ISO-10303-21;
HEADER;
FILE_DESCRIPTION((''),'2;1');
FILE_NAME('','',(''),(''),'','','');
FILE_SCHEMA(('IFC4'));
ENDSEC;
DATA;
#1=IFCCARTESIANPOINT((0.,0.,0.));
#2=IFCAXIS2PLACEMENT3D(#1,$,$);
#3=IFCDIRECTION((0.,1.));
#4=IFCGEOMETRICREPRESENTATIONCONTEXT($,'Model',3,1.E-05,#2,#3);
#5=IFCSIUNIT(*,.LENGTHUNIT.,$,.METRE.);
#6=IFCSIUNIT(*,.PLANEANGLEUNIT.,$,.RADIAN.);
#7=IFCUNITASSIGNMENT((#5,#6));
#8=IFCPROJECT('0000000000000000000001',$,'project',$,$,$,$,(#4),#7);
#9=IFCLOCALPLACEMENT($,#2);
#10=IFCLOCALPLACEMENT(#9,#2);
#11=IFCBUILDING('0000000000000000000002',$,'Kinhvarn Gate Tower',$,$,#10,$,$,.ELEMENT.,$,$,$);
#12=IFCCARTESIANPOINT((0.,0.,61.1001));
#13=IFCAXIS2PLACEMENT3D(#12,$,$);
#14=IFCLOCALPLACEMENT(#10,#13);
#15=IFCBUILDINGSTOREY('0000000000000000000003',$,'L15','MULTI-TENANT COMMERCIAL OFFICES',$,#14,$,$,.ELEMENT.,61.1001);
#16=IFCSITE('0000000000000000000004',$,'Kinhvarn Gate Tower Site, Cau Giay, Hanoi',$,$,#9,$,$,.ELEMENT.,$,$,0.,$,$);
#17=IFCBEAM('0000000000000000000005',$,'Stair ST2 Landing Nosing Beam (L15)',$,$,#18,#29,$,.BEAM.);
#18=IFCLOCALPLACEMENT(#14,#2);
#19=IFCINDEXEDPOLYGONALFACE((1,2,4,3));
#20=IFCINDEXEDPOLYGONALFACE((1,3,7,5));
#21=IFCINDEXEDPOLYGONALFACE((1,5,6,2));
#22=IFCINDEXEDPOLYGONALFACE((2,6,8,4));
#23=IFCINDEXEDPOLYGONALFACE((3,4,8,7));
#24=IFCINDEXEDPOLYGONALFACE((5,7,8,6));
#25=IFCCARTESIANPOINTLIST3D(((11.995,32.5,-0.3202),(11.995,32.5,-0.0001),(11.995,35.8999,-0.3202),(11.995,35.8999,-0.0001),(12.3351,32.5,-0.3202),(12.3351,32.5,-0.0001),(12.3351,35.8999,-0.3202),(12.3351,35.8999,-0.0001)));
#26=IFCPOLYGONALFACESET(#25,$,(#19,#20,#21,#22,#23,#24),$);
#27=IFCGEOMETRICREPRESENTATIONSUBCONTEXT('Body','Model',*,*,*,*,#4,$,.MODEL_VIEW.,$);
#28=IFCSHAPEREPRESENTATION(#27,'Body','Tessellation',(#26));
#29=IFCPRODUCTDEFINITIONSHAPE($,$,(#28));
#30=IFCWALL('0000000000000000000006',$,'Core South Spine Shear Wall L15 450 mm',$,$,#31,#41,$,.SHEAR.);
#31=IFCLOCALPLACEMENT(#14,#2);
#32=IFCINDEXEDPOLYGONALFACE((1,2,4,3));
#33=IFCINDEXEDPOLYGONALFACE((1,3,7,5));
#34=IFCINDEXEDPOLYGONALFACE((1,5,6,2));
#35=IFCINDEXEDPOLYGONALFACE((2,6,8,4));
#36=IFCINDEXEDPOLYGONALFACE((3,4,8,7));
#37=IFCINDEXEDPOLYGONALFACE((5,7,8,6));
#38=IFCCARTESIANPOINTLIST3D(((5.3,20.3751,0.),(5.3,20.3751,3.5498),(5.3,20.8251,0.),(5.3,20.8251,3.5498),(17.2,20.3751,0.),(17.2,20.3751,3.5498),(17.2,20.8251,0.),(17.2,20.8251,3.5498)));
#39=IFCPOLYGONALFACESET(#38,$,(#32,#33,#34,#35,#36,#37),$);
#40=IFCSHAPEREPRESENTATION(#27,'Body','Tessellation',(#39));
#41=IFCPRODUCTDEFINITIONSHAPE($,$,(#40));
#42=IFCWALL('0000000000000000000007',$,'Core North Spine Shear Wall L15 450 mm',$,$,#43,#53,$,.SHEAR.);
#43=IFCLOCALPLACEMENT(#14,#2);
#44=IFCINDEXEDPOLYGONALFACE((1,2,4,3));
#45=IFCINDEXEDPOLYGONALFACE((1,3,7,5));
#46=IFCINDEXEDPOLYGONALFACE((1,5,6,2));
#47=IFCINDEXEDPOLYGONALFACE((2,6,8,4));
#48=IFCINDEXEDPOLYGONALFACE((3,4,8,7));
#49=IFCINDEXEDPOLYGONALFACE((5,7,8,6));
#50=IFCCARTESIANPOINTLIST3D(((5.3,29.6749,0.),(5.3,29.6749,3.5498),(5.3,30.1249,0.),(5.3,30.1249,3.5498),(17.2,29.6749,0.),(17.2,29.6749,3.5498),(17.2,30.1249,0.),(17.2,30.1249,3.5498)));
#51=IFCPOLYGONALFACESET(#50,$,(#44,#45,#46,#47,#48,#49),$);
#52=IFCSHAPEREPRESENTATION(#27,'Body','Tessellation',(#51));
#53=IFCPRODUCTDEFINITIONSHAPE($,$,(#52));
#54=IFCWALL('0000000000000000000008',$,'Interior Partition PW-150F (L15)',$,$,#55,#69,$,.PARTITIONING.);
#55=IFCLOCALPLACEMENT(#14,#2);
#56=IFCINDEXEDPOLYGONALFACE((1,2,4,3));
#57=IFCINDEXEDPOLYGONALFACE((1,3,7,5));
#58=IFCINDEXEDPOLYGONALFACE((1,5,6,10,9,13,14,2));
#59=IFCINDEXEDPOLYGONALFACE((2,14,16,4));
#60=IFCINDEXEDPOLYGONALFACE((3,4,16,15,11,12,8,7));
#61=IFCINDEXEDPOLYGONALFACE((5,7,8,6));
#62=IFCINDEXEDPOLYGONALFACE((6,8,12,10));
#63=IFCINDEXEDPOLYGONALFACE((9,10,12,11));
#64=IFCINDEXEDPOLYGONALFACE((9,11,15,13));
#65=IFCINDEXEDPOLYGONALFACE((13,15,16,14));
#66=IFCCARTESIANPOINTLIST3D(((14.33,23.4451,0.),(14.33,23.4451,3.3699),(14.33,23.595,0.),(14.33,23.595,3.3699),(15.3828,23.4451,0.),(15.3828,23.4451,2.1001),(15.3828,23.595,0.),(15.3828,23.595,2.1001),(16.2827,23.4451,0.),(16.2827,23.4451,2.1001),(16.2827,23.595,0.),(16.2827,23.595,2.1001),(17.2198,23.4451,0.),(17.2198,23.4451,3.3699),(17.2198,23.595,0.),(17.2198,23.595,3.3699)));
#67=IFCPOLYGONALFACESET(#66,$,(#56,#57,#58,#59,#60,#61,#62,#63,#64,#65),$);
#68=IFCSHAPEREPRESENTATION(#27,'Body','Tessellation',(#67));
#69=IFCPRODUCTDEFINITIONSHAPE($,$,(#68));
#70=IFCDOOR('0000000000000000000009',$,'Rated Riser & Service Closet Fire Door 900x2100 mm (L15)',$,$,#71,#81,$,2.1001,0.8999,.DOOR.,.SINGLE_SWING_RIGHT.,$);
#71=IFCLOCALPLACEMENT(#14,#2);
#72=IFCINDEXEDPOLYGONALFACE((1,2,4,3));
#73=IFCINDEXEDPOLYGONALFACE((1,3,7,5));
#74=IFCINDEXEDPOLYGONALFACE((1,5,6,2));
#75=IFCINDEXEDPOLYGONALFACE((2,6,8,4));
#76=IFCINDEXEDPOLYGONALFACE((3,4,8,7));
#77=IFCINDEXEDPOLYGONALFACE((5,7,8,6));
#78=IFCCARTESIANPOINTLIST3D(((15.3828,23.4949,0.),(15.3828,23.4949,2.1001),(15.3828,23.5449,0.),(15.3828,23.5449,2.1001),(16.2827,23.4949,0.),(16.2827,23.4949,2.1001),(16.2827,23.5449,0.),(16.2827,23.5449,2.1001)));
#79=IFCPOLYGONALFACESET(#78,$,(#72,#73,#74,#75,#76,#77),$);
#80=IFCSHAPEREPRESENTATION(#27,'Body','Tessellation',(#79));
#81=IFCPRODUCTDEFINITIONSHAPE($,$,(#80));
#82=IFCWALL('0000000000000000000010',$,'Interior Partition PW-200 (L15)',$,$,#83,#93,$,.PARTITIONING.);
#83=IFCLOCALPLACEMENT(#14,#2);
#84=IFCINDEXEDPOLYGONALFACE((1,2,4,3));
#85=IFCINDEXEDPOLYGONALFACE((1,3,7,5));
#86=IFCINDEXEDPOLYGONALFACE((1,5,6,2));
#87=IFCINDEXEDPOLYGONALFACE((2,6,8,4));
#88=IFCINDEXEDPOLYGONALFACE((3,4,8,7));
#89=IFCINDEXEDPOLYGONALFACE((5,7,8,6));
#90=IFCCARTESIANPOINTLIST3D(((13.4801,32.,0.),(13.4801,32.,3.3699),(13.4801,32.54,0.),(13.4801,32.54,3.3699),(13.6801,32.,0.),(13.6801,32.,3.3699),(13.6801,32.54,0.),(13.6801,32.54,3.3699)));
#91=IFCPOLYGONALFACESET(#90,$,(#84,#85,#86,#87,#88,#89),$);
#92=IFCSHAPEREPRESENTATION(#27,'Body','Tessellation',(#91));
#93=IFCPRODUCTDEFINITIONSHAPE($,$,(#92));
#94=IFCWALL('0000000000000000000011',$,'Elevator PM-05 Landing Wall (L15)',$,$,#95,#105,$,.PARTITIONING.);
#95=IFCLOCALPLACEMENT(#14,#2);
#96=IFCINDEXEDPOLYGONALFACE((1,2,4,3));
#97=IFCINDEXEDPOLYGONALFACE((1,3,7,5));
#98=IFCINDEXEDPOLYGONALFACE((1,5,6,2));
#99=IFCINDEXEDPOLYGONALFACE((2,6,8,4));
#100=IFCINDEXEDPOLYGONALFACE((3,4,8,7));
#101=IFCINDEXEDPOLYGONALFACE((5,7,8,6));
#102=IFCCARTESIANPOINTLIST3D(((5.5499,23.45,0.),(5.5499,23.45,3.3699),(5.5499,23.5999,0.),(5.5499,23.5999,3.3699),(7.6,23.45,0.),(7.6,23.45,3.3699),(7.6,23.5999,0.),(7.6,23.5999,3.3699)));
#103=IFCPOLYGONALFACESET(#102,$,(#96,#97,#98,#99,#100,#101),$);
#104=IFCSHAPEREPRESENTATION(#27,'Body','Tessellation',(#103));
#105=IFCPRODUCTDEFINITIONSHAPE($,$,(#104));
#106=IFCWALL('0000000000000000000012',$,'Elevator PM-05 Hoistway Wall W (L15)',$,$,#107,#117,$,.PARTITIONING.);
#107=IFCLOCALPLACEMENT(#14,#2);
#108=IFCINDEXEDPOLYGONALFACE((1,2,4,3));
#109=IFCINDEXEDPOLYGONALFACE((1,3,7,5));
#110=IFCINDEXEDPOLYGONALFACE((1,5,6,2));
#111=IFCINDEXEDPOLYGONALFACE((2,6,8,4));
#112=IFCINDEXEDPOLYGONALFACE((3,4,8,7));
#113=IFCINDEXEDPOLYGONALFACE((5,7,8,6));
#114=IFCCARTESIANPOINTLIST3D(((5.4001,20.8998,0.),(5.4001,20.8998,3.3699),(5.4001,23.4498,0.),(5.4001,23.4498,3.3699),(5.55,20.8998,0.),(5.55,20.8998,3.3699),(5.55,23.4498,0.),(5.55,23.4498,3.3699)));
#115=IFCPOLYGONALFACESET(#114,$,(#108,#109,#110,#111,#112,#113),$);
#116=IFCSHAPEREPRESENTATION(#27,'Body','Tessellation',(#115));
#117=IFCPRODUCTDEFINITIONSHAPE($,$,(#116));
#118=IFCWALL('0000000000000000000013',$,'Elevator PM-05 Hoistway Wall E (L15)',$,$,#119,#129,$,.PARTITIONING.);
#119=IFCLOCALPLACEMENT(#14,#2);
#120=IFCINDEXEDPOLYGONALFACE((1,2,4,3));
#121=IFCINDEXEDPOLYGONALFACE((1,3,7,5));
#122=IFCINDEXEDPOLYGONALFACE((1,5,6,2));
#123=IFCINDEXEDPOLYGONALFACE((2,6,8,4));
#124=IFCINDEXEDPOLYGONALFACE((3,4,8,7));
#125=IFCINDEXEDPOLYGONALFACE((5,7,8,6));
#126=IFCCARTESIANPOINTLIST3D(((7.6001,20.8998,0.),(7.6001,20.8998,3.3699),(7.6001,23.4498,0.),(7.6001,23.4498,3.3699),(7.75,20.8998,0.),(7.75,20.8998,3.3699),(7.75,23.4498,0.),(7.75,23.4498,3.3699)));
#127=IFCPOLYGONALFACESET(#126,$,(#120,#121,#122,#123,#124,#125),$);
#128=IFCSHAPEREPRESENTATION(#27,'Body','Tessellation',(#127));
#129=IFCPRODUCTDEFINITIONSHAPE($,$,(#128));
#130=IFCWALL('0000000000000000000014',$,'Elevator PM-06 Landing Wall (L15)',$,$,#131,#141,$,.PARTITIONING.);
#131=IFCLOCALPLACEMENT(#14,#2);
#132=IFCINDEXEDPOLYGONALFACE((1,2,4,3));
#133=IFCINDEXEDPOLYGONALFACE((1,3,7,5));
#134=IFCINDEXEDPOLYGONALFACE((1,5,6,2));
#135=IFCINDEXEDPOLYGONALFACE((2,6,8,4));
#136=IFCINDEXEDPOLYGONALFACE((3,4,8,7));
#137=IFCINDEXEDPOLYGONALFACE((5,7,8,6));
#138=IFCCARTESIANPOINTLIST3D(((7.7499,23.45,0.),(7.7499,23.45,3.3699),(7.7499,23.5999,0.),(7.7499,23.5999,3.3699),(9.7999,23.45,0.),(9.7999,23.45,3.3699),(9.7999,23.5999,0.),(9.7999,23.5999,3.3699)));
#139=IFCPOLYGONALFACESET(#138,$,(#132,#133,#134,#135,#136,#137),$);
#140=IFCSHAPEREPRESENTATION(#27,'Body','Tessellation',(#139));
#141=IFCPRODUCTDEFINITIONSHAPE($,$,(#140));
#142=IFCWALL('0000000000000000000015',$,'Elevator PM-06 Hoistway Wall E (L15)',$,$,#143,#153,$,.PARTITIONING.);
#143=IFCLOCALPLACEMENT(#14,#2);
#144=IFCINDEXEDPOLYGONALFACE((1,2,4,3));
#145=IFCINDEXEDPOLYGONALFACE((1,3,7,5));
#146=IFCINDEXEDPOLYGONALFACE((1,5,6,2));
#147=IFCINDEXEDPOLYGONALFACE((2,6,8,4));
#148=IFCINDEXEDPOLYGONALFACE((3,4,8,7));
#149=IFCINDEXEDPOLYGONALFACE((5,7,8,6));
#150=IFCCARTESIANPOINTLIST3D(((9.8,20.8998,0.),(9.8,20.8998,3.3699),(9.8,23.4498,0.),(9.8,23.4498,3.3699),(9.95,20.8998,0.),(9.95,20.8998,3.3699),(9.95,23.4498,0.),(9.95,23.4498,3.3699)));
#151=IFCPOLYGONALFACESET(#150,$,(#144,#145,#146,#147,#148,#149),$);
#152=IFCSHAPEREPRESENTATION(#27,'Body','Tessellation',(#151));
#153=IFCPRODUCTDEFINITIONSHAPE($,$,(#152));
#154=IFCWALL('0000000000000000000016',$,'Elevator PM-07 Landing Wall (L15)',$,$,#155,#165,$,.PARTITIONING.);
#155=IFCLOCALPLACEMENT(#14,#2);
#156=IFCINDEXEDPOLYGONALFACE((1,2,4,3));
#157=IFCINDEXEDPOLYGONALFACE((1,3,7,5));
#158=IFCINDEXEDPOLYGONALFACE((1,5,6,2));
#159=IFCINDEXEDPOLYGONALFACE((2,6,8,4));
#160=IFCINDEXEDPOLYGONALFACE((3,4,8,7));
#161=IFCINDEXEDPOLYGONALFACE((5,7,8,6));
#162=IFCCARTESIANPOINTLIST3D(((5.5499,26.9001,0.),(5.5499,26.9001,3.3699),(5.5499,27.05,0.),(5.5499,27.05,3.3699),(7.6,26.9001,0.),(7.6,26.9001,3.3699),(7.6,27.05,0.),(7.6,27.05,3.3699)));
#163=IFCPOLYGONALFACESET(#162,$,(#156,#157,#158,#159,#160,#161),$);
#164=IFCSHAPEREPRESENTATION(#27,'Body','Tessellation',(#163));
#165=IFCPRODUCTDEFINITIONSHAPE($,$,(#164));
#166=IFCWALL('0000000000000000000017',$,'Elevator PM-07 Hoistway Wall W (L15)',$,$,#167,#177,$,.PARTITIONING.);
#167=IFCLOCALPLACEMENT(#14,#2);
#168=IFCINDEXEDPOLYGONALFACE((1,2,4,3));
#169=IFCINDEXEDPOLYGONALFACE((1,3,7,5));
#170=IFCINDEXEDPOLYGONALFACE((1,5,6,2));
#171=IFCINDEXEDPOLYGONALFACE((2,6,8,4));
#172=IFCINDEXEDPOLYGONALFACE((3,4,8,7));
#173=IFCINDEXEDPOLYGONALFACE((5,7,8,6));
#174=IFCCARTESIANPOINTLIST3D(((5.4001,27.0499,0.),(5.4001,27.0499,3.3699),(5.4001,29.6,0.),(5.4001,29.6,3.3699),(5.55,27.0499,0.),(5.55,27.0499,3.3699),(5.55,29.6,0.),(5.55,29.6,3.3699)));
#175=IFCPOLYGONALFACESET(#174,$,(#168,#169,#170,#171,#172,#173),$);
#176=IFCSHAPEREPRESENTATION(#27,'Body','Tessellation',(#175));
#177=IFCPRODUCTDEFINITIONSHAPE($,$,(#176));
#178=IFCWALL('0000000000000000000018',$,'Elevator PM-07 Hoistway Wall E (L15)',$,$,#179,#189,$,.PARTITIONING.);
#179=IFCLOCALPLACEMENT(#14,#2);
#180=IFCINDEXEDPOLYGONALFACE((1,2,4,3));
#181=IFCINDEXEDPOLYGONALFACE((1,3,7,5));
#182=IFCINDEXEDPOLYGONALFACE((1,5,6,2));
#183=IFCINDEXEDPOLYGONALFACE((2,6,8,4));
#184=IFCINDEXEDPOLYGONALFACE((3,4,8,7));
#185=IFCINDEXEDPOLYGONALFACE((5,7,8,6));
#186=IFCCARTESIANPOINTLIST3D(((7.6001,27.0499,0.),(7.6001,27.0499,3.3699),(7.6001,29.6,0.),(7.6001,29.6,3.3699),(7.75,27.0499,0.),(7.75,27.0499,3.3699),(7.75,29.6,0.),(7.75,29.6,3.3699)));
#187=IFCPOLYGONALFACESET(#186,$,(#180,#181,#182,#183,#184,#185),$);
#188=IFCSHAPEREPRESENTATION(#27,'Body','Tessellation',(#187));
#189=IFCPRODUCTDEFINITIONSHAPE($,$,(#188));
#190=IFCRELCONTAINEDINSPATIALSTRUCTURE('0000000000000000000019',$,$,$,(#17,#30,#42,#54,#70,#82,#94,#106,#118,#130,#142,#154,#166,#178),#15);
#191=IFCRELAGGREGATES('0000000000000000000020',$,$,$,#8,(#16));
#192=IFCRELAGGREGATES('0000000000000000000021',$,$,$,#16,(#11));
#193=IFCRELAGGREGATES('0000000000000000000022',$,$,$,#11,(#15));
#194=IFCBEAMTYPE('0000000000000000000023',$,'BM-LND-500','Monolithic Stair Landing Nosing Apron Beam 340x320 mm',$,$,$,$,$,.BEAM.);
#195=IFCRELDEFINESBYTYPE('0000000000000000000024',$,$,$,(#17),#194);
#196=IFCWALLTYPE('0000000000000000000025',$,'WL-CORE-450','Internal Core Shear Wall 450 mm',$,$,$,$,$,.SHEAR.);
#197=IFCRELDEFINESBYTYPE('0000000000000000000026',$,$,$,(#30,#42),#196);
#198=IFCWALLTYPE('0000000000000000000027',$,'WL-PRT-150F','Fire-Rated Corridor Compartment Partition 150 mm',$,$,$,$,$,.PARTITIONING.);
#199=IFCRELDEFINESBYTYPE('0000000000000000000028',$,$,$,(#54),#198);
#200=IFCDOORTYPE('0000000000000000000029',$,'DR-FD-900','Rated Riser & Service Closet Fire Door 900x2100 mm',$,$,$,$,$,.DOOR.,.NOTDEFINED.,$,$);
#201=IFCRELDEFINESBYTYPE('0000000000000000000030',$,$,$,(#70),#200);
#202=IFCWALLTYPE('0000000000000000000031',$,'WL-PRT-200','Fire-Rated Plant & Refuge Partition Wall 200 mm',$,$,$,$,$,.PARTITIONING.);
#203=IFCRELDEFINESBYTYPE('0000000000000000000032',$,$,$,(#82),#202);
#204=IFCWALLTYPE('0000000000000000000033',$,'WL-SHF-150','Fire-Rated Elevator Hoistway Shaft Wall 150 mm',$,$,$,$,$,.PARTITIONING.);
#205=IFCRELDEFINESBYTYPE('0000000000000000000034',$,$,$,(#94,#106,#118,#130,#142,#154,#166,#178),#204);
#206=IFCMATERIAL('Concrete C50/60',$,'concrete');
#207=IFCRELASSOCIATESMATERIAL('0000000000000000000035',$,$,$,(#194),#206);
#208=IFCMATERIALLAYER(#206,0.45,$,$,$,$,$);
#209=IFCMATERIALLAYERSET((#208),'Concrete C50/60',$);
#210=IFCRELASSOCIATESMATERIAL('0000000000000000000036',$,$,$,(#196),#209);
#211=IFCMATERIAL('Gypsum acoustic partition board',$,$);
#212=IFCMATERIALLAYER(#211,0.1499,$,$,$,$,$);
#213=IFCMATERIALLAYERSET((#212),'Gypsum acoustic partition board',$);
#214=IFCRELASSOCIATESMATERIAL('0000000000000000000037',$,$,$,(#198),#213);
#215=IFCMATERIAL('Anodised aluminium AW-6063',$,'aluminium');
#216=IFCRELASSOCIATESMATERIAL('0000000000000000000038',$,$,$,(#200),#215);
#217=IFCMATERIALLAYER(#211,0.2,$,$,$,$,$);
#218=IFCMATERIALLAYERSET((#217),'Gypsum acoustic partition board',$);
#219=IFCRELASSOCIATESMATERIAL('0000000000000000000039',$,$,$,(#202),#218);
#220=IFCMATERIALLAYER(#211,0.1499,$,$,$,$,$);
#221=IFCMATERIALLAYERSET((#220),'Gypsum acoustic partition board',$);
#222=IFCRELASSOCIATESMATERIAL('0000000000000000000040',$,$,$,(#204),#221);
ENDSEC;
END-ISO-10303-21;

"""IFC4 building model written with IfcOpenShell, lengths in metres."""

from ifc_helpers import new_model, si_unit, direction, frame, frame_2d, origin, origin_2d, place, context, subcontext, project, spatial, rectangle, extrude, material, layer, layer_set, material_profile, profile_set, type_object, element, fill, save


model = new_model("IFC4")

# Units and contexts
model_context = context("Model", 3, precision=1e-05, world=origin(), true_north=direction((0.0, 1.0)))
body_context = subcontext(model_context, "Body", "Model", "MODEL_VIEW")
ifc_project = project(units=[si_unit("LENGTHUNIT", "METRE"), si_unit("PLANEANGLEUNIT", "RADIAN")], contexts=[model_context])

# Site, building, storey
site_placement = place(None, origin())
site = spatial("IfcSite", under=ifc_project, at=site_placement, Name="Kinhvarn Gate Tower Site, Cau Giay, Hanoi", CompositionType="ELEMENT", RefElevation=0.0)
building_placement = place(site_placement, origin())
building = spatial("IfcBuilding", under=site, at=building_placement, Name="Kinhvarn Gate Tower", CompositionType="ELEMENT")
storey_placement = place(building_placement, frame((0.0, 0.0, 61.1001)))
storey = spatial("IfcBuildingStorey", under=building, at=storey_placement, Name="L15", Description="MULTI-TENANT COMMERCIAL OFFICES", CompositionType="ELEMENT", Elevation=61.1001)

# Beam
ifc_material_1 = material(Name="Concrete C50/60", Category="concrete")
ifc_material_profile = material_profile(ifc_material_1, rectangle(XDim=0.3401, YDim=0.3201, at=origin_2d()), Name="RC 340x320")
ifc_profile_set = profile_set([ifc_material_profile], Name="Concrete C50/60")
beam_type = type_object("IfcBeamType", Name="BM-LND-500", Description="Monolithic Stair Landing Nosing Apron Beam 340x320 mm", PredefinedType="BEAM", material=ifc_profile_set)
beam_placement = place(storey_placement, frame((12.165, 32.5, -0.1602), z_axis=(0.0, 1.0, 0.0), x_axis=(-1.0, 0.0, 0.0)))
element("IfcBeam", 1, at=beam_placement, inside=storey, type_object=beam_type, Name="Stair ST2 Landing Nosing Beam (L15)", PredefinedType="BEAM", context=body_context, shape_type="SweptSolid", body=[
    extrude(rectangle(XDim=0.3401, YDim=0.3201, at=origin_2d()), origin(), (0.0, 0.0, 1.0), 3.3999),
])

# Walls
ifc_layer_1 = layer(ifc_material_1, 0.45)
ifc_layer_set_1 = layer_set([ifc_layer_1], Name="Concrete C50/60")
wall_type_1 = type_object("IfcWallType", Name="WL-CORE-450", Description="Internal Core Shear Wall 450 mm", PredefinedType="SHEAR", material=ifc_layer_set_1)
for number, where, z_axis, x_axis, name in (
    (2, (5.3, 20.6001, 0.0), (0.0, 0.0, 1.0), (1.0, 0.0, 0.0), "Core South Spine Shear Wall L15 450 mm"),
    (3, (5.3, 29.8999, 0.0), (0.0, 0.0, 1.0), (1.0, 0.0, 0.0), "Core North Spine Shear Wall L15 450 mm"),
):
    element("IfcWall", number, at=place(storey_placement, frame(where, z_axis=z_axis, x_axis=x_axis)), inside=storey, type_object=wall_type_1, Name=name, PredefinedType="SHEAR", context=body_context, shape_type="SweptSolid", body=[
        extrude(rectangle(XDim=11.8999, YDim=0.45, at=frame_2d((5.95, 0.0))), origin(), (0.0, 0.0, 1.0), 3.5498),
    ])

# Wall, opening, door
ifc_material_2 = material(Name="Gypsum acoustic partition board")
ifc_layer_2 = layer(ifc_material_2, 0.1499)
ifc_layer_set_2 = layer_set([ifc_layer_2], Name="Gypsum acoustic partition board")
wall_type_2 = type_object("IfcWallType", Name="WL-PRT-150F", Description="Fire-Rated Corridor Compartment Partition 150 mm", PredefinedType="PARTITIONING", material=ifc_layer_set_2)
wall_1_placement = place(storey_placement, frame((14.3301, 23.52, 0.0), z_axis=(0.0, 0.0, 1.0), x_axis=(1.0, 0.0, 0.0)))
wall_1 = element("IfcWall", 4, at=wall_1_placement, inside=storey, type_object=wall_type_2, Name="Interior Partition PW-150F (L15)", PredefinedType="PARTITIONING", context=body_context, shape_type="SweptSolid", body=[
    extrude(rectangle(XDim=2.8899, YDim=0.1499, at=frame_2d((1.4448, 0.0))), origin(), (0.0, 0.0, 1.0), 3.3699),
])
opening_1_placement = place(wall_1_placement, frame((1.0527, 0.0, 0.0)))
opening_1 = element("IfcOpeningElement", 5, at=opening_1_placement, cuts=wall_1, PredefinedType="OPENING", context=body_context, shape_type="SweptSolid", body=[
    extrude(rectangle(XDim=0.8999, YDim=2.1001, at=frame_2d((0.45, 1.05))), frame((0.0, 0.085, 0.0), z_axis=(0.0, -1.0, 0.0), x_axis=(1.0, 0.0, 0.0)), (0.0, 0.0, 1.0), 0.1699),
])
ifc_material_3 = material(Name="Anodised aluminium AW-6063", Category="aluminium")
door_type_1 = type_object("IfcDoorType", Name="DR-FD-900", Description="Rated Riser & Service Closet Fire Door 900x2100 mm", OperationType="NOTDEFINED", PredefinedType="DOOR", material=ifc_material_3)
door_1_placement = place(opening_1_placement, origin())
door_1 = element("IfcDoor", 6, at=door_1_placement, inside=storey, type_object=door_type_1, Name="Rated Riser & Service Closet Fire Door 900x2100 mm (L15)", OperationType="SINGLE_SWING_RIGHT", OverallHeight=2.1001, OverallWidth=0.8999, PredefinedType="DOOR", context=body_context, shape_type="SweptSolid", body=[
    extrude(rectangle(XDim=0.8999, YDim=2.1001, at=frame_2d((0.45, 1.05))), frame((0.0, 0.0249, 0.0), z_axis=(0.0, -1.0, 0.0), x_axis=(1.0, 0.0, 0.0)), (0.0, 0.0, 1.0), 0.05),
])
fill(opening_1, door_1)

# Walls
ifc_layer_3 = layer(ifc_material_2, 0.2)
ifc_layer_set_3 = layer_set([ifc_layer_3], Name="Gypsum acoustic partition board")
wall_type_3 = type_object("IfcWallType", Name="WL-PRT-200", Description="Fire-Rated Plant & Refuge Partition Wall 200 mm", PredefinedType="PARTITIONING", material=ifc_layer_set_3)
wall_2_placement = place(storey_placement, frame((13.5801, 32.0, 0.0), z_axis=(0.0, 0.0, 1.0), x_axis=(0.0, 1.0, 0.0)))
element("IfcWall", 7, at=wall_2_placement, inside=storey, type_object=wall_type_3, Name="Interior Partition PW-200 (L15)", PredefinedType="PARTITIONING", context=body_context, shape_type="SweptSolid", body=[
    extrude(rectangle(XDim=0.54, YDim=0.2, at=frame_2d((0.27, 0.0))), origin(), (0.0, 0.0, 1.0), 3.3699),
])
ifc_layer_4 = layer(ifc_material_2, 0.1499)
ifc_layer_set_4 = layer_set([ifc_layer_4], Name="Gypsum acoustic partition board")
wall_type_4 = type_object("IfcWallType", Name="WL-SHF-150", Description="Fire-Rated Elevator Hoistway Shaft Wall 150 mm", PredefinedType="PARTITIONING", material=ifc_layer_set_4)
wall_3_placement = place(storey_placement, frame((5.55, 23.5249, 0.0), z_axis=(0.0, 0.0, 1.0), x_axis=(1.0, 0.0, 0.0)))
element("IfcWall", 8, at=wall_3_placement, inside=storey, type_object=wall_type_4, Name="Elevator PM-05 Landing Wall (L15)", PredefinedType="PARTITIONING", context=body_context, shape_type="SweptSolid", body=[
    extrude(rectangle(XDim=2.05, YDim=0.1499, at=frame_2d((1.0249, 0.0))), origin(), (0.0, 0.0, 1.0), 3.3699),
])
for number, where, z_axis, x_axis, name in (
    (9, (5.4751, 20.8999, 0.0), (0.0, 0.0, 1.0), (0.0, 1.0, 0.0), "Elevator PM-05 Hoistway Wall W (L15)"),
    (10, (7.675, 20.8999, 0.0), (0.0, 0.0, 1.0), (0.0, 1.0, 0.0), "Elevator PM-05 Hoistway Wall E (L15)"),
):
    element("IfcWall", number, at=place(storey_placement, frame(where, z_axis=z_axis, x_axis=x_axis)), inside=storey, type_object=wall_type_4, Name=name, PredefinedType="PARTITIONING", context=body_context, shape_type="SweptSolid", body=[
        extrude(rectangle(XDim=2.55, YDim=0.1499, at=frame_2d((1.2749, 0.0))), origin(), (0.0, 0.0, 1.0), 3.3699),
    ])
wall_4_placement = place(storey_placement, frame((7.75, 23.5249, 0.0), z_axis=(0.0, 0.0, 1.0), x_axis=(1.0, 0.0, 0.0)))
element("IfcWall", 11, at=wall_4_placement, inside=storey, type_object=wall_type_4, Name="Elevator PM-06 Landing Wall (L15)", PredefinedType="PARTITIONING", context=body_context, shape_type="SweptSolid", body=[
    extrude(rectangle(XDim=2.05, YDim=0.1499, at=frame_2d((1.0249, 0.0))), origin(), (0.0, 0.0, 1.0), 3.3699),
])
wall_5_placement = place(storey_placement, frame((9.875, 20.8999, 0.0), z_axis=(0.0, 0.0, 1.0), x_axis=(0.0, 1.0, 0.0)))
element("IfcWall", 12, at=wall_5_placement, inside=storey, type_object=wall_type_4, Name="Elevator PM-06 Hoistway Wall E (L15)", PredefinedType="PARTITIONING", context=body_context, shape_type="SweptSolid", body=[
    extrude(rectangle(XDim=2.55, YDim=0.1499, at=frame_2d((1.2749, 0.0))), origin(), (0.0, 0.0, 1.0), 3.3699),
])
wall_6_placement = place(storey_placement, frame((5.55, 26.9751, 0.0), z_axis=(0.0, 0.0, 1.0), x_axis=(1.0, 0.0, 0.0)))
element("IfcWall", 13, at=wall_6_placement, inside=storey, type_object=wall_type_4, Name="Elevator PM-07 Landing Wall (L15)", PredefinedType="PARTITIONING", context=body_context, shape_type="SweptSolid", body=[
    extrude(rectangle(XDim=2.05, YDim=0.1499, at=frame_2d((1.0249, 0.0))), origin(), (0.0, 0.0, 1.0), 3.3699),
])
for number, where, z_axis, x_axis, name in (
    (14, (5.4751, 27.05, 0.0), (0.0, 0.0, 1.0), (0.0, 1.0, 0.0), "Elevator PM-07 Hoistway Wall W (L15)"),
    (15, (7.675, 27.05, 0.0), (0.0, 0.0, 1.0), (0.0, 1.0, 0.0), "Elevator PM-07 Hoistway Wall E (L15)"),
):
    element("IfcWall", number, at=place(storey_placement, frame(where, z_axis=z_axis, x_axis=x_axis)), inside=storey, type_object=wall_type_4, Name=name, PredefinedType="PARTITIONING", context=body_context, shape_type="SweptSolid", body=[
        extrude(rectangle(XDim=2.55, YDim=0.1499, at=frame_2d((1.2749, 0.0))), origin(), (0.0, 0.0, 1.0), 3.3699),
    ])

save(model, "model.ifc")
